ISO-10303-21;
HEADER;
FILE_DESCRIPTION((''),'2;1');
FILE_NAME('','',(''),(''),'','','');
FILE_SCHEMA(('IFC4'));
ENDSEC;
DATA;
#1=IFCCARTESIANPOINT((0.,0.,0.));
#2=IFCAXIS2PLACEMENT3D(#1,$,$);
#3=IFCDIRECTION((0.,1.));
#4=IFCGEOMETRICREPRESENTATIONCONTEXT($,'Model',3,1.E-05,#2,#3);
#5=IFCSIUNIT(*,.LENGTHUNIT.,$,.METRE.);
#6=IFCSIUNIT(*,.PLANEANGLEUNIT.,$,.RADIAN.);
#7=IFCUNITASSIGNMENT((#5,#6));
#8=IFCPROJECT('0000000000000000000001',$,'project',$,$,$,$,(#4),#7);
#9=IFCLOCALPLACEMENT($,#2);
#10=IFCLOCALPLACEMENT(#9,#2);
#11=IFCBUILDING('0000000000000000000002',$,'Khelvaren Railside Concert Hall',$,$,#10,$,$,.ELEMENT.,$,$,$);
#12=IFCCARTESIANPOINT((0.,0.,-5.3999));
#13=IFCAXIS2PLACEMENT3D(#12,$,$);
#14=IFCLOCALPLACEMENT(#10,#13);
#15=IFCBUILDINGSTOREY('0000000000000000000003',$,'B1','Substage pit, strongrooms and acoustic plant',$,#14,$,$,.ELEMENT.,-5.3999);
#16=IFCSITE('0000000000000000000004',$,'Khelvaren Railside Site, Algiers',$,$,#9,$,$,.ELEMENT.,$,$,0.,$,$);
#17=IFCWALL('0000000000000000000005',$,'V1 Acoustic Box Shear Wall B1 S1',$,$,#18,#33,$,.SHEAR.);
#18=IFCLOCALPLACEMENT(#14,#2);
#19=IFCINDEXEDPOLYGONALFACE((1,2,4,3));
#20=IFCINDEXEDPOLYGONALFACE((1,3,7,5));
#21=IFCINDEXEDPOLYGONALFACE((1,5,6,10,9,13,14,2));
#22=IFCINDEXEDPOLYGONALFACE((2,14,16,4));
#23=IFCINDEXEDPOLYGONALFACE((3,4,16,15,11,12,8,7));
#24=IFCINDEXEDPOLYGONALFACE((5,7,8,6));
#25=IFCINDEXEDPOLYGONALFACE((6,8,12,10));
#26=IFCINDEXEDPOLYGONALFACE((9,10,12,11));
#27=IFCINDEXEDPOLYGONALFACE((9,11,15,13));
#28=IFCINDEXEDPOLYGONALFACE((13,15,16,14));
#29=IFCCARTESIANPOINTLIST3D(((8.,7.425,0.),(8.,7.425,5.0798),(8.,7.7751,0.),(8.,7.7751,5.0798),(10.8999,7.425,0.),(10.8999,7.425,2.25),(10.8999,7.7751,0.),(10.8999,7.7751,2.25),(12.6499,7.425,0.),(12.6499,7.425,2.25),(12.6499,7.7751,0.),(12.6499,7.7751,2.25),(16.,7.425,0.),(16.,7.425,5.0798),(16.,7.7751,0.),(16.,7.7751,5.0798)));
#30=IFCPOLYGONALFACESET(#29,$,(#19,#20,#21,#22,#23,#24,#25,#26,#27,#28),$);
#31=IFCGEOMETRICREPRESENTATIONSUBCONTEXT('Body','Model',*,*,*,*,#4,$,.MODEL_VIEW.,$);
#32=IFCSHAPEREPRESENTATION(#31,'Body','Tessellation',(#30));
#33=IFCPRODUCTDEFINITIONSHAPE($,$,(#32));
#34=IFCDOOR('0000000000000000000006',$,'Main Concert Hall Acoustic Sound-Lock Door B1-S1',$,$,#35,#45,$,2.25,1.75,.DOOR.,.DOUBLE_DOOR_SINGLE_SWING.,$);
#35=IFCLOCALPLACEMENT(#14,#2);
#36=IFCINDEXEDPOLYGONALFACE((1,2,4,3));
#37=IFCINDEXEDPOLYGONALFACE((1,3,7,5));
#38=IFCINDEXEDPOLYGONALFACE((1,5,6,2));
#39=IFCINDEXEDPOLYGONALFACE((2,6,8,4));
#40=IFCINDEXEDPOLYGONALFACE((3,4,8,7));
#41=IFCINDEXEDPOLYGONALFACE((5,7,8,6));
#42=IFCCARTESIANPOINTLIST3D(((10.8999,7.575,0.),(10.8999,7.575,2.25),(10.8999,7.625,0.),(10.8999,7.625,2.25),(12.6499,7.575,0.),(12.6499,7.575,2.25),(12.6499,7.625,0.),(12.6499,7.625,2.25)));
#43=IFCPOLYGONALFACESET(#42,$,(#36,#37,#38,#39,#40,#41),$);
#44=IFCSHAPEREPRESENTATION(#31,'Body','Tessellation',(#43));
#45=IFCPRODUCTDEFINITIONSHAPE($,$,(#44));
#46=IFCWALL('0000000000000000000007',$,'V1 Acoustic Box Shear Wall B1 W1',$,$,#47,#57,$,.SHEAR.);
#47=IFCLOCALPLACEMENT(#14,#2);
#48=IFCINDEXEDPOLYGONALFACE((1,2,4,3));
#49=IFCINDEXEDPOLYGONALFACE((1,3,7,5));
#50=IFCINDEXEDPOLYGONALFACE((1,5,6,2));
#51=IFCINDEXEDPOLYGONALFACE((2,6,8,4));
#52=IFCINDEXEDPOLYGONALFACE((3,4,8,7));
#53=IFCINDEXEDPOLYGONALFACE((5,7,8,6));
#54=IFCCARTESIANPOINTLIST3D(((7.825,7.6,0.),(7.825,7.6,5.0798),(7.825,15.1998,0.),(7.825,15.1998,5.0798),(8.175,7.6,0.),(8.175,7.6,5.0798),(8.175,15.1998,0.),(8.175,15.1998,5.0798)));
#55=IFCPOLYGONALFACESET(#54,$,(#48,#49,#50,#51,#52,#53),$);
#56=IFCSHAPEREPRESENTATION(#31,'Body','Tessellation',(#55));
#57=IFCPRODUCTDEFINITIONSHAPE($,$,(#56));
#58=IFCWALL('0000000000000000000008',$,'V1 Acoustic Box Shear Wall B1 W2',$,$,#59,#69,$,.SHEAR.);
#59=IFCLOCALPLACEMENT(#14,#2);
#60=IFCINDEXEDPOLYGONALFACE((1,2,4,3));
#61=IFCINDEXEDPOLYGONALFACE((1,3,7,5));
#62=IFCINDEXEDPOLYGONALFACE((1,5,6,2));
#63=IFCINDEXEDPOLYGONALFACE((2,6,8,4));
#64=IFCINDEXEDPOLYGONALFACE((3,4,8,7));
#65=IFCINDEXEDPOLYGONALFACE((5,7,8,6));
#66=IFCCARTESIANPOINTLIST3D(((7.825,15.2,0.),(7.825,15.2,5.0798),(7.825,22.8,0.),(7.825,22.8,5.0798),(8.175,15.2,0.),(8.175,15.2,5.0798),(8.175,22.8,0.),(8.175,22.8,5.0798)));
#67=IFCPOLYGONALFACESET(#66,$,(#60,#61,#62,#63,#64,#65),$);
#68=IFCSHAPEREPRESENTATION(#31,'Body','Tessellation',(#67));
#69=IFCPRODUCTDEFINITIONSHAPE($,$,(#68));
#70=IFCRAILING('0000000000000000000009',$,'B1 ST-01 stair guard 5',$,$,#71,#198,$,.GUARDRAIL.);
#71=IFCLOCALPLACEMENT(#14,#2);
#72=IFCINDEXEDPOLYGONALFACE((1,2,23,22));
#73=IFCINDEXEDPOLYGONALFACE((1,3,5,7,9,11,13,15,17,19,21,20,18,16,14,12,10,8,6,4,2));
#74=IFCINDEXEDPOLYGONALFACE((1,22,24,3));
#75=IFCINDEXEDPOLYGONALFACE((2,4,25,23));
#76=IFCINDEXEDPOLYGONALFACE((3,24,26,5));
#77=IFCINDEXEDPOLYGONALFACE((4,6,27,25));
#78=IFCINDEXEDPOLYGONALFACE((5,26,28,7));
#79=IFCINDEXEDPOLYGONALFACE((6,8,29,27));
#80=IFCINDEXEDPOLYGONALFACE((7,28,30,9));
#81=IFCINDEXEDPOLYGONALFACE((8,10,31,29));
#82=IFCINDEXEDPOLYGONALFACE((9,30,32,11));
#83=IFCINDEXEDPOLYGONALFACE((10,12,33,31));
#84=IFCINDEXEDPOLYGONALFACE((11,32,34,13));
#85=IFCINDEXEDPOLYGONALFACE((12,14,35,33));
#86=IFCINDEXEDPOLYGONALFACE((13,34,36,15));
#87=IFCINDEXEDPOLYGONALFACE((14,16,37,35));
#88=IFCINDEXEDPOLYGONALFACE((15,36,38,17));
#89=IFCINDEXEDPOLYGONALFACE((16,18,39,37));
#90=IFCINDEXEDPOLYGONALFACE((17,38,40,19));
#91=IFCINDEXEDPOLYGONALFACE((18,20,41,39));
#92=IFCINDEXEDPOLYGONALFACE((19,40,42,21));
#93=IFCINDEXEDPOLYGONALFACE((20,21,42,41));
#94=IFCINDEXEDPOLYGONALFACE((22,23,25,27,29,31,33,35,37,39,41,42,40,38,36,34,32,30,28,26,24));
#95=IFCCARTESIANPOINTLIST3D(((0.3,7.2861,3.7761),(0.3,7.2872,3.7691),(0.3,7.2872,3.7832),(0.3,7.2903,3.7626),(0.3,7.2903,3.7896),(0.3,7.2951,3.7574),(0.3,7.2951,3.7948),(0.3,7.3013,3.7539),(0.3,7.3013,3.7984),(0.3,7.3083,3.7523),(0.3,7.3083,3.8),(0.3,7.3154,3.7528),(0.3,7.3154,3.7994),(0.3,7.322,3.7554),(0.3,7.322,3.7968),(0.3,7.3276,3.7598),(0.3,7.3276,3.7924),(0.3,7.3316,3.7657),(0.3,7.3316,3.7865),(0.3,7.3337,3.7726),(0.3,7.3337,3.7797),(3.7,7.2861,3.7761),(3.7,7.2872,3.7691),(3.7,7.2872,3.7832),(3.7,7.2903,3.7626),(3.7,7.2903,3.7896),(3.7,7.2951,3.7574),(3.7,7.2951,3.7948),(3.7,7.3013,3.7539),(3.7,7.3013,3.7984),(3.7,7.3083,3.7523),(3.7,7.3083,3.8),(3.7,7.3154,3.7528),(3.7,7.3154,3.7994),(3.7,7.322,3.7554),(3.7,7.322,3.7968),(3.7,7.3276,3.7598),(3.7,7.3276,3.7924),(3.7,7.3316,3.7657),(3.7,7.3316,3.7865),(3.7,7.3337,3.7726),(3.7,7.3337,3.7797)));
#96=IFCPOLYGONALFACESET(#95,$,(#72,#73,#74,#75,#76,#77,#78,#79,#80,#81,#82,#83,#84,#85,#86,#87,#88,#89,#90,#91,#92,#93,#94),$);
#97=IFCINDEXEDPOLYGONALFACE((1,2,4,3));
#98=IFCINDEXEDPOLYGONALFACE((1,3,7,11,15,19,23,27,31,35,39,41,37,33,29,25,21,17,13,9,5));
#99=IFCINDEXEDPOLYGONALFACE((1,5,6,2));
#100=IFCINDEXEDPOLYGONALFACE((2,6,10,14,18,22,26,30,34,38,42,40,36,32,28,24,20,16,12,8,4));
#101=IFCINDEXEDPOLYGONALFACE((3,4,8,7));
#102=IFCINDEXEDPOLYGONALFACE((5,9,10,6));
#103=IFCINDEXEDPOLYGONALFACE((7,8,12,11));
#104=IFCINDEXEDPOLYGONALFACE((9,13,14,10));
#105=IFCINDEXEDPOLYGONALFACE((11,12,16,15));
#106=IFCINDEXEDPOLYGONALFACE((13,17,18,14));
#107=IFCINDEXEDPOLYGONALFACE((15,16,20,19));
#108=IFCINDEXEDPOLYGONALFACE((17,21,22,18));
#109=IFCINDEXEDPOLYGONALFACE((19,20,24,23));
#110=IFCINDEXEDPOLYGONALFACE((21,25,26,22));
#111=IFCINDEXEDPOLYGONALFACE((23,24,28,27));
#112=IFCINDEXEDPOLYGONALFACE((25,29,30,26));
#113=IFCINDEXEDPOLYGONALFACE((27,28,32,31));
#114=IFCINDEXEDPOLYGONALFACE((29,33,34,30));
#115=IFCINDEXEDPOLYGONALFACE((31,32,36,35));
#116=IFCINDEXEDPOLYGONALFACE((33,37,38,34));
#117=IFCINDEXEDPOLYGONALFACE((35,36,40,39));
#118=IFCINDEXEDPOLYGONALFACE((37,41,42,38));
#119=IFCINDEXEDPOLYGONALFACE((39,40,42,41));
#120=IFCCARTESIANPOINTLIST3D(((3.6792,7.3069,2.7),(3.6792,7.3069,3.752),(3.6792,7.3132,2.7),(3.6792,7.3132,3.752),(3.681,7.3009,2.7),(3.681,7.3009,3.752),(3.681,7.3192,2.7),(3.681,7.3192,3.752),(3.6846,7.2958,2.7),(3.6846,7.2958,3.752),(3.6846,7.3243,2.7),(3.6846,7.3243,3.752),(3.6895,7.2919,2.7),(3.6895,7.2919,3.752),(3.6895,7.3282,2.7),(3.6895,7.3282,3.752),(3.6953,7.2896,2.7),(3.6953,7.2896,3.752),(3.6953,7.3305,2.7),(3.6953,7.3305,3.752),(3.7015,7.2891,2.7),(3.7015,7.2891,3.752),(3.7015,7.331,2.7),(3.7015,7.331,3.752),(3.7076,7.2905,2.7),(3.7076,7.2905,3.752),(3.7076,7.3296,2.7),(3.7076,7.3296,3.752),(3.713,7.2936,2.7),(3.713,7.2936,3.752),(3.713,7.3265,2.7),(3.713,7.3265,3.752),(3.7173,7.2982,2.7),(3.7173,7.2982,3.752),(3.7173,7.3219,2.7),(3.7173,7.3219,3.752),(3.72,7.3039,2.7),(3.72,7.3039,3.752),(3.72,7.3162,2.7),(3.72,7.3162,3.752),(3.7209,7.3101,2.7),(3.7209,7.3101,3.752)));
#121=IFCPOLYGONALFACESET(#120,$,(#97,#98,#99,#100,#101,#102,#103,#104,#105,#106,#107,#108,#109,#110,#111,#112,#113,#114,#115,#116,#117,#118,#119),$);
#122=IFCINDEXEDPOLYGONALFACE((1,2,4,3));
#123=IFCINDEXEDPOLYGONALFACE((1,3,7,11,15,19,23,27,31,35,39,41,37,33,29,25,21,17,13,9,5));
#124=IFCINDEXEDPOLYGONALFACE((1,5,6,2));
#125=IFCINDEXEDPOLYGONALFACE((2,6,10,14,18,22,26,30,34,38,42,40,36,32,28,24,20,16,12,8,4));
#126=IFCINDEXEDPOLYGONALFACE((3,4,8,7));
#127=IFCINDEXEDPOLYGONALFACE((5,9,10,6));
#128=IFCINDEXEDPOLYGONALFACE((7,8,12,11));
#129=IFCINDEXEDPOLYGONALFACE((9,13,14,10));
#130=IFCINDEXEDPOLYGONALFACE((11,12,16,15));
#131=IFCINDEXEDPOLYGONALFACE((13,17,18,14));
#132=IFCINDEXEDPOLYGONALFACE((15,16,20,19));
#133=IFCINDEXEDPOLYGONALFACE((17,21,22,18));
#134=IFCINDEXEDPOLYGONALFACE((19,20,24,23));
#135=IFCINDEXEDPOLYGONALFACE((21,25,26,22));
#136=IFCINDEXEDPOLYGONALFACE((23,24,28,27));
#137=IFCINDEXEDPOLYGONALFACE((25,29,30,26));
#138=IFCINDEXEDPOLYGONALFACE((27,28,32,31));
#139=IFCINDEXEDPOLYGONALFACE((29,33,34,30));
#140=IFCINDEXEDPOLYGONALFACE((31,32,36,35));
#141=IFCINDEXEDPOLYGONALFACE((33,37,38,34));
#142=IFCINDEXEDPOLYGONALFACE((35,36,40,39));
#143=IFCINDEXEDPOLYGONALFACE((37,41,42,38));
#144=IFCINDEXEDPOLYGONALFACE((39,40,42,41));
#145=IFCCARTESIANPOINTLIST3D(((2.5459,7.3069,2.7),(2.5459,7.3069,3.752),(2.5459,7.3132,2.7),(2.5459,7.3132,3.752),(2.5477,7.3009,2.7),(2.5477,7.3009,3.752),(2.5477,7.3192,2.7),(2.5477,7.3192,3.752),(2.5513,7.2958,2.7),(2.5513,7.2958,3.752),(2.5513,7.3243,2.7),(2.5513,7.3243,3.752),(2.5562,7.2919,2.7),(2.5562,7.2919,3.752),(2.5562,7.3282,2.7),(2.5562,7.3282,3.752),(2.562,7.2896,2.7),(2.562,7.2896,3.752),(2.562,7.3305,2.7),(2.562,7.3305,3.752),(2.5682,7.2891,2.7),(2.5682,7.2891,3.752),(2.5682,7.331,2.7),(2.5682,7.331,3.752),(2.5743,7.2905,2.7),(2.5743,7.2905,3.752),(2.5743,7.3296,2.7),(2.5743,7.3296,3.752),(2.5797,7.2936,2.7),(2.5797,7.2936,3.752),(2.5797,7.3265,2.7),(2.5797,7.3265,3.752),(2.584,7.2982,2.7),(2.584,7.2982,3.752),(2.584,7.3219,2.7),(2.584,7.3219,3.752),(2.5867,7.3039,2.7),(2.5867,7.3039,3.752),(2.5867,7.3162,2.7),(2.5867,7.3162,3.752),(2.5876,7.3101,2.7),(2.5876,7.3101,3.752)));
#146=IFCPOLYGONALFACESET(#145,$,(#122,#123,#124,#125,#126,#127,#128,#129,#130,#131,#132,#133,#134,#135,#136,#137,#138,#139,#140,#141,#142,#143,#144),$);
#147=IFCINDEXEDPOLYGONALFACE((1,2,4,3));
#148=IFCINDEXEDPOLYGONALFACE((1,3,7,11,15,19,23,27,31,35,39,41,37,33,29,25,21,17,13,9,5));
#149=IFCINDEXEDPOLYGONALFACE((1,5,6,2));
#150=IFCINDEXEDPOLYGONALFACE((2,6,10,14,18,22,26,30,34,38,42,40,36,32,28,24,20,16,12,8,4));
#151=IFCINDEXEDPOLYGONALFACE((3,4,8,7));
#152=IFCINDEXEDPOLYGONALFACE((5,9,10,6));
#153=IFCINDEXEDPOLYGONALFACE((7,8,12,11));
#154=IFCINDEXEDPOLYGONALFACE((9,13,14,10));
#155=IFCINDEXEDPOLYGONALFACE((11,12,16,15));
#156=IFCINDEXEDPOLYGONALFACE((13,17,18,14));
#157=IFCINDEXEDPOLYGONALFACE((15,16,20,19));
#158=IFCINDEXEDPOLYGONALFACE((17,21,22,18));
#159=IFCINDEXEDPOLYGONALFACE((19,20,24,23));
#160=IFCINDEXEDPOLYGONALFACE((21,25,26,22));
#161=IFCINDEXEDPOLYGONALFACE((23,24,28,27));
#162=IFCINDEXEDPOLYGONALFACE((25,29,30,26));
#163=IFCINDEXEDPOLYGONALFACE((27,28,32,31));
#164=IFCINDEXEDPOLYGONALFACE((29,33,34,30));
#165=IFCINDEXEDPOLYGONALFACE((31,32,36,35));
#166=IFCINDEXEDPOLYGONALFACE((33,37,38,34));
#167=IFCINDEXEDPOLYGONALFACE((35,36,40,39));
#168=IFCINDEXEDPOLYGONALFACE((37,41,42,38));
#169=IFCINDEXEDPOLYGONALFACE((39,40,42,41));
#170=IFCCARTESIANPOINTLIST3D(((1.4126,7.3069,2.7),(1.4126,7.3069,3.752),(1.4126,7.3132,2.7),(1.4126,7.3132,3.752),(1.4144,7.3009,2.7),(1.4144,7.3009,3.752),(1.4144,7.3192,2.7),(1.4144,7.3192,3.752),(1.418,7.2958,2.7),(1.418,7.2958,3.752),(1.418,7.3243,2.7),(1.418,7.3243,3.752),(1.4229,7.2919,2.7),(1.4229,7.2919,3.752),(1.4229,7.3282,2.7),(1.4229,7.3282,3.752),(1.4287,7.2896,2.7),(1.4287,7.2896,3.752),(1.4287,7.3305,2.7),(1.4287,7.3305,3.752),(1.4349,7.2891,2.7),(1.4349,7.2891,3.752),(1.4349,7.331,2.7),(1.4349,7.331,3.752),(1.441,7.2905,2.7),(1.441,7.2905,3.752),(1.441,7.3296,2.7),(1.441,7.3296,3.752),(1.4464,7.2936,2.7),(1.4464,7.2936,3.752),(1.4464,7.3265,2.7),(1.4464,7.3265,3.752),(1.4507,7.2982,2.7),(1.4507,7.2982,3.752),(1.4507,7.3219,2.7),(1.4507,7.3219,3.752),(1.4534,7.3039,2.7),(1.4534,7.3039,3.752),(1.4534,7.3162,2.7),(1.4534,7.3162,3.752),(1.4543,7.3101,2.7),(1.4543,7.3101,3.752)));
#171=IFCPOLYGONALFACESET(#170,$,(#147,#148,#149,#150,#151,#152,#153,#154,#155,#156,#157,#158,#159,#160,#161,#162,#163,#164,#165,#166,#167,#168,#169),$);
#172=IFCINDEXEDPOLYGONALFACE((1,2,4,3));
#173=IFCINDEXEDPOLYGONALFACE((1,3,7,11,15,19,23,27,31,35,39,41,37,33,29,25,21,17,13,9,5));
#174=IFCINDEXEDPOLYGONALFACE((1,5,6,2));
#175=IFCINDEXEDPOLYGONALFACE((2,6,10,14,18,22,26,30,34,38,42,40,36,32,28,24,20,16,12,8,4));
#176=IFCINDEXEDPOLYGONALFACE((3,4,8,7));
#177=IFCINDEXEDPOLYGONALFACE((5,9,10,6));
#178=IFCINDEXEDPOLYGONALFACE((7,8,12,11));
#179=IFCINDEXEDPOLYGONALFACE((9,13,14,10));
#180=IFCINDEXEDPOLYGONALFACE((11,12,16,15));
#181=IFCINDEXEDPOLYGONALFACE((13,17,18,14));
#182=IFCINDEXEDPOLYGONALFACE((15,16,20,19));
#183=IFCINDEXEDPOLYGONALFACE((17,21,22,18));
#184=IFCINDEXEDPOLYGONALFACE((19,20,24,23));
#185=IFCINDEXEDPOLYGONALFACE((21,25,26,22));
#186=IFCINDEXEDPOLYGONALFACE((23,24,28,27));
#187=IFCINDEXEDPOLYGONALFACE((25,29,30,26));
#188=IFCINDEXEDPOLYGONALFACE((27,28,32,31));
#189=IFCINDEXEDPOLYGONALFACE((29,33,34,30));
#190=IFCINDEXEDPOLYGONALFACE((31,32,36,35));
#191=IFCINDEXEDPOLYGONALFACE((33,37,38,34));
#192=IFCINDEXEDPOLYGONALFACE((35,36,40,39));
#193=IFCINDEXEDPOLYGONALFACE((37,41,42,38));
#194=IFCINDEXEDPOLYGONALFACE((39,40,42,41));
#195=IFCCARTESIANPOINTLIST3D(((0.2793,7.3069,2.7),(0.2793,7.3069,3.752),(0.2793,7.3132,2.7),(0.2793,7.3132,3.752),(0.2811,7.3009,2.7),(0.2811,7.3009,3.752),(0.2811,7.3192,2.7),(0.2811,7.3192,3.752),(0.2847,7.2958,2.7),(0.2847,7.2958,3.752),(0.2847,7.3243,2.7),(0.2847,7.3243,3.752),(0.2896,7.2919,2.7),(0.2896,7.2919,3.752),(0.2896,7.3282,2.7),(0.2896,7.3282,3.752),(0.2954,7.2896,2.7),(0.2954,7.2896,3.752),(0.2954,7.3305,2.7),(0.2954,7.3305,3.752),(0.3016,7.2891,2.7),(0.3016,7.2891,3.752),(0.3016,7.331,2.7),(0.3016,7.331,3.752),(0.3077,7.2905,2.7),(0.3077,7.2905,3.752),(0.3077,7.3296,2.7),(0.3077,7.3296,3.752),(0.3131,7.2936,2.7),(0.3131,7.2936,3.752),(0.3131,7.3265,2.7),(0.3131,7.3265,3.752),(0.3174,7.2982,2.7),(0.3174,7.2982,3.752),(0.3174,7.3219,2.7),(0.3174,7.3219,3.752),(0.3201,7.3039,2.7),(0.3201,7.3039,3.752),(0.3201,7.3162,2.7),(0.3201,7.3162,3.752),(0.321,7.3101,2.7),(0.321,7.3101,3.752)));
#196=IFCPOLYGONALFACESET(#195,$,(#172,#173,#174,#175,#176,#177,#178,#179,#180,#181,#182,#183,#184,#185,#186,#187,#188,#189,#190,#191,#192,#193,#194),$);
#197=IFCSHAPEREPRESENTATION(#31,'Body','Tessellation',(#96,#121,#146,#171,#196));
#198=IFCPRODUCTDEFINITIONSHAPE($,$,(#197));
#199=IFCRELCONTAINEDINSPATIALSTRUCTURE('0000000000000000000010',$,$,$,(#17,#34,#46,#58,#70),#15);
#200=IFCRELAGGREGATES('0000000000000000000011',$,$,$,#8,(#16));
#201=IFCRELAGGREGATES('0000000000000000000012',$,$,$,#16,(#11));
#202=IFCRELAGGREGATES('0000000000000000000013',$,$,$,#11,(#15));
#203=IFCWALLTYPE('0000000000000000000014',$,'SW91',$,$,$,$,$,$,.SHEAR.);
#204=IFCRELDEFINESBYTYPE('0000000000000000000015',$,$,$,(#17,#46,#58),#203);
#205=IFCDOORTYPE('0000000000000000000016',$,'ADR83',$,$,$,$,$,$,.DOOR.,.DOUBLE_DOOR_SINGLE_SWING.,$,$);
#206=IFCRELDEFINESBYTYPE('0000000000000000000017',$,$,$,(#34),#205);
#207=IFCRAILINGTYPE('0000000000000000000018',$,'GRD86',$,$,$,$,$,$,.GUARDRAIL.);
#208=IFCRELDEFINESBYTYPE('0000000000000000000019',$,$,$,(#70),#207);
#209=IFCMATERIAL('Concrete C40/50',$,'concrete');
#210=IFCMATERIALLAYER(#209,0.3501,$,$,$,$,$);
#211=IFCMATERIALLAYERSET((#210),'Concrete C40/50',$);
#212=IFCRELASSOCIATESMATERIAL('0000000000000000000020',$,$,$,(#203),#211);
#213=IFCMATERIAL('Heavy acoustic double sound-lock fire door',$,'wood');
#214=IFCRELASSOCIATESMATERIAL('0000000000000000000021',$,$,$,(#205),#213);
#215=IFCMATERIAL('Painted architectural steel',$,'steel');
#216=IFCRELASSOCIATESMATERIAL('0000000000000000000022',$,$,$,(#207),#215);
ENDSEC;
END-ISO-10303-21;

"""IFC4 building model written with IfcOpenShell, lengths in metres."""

from ifc_helpers import new_model, si_unit, direction, frame, frame_2d, origin, origin_2d, place, context, subcontext, project, spatial, rectangle, circle, extrude, material, layer, layer_set, type_object, element, fill, save


model = new_model("IFC4")

# Units and contexts
model_context = context("Model", 3, precision=1e-05, world=origin(), true_north=direction((0.0, 1.0)))
body_context = subcontext(model_context, "Body", "Model", "MODEL_VIEW")
ifc_project = project(units=[si_unit("LENGTHUNIT", "METRE"), si_unit("PLANEANGLEUNIT", "RADIAN")], contexts=[model_context])

# Site, building, storey
site_placement = place(None, origin())
site = spatial("IfcSite", under=ifc_project, at=site_placement, Name="Khelvaren Railside Site, Algiers", CompositionType="ELEMENT", RefElevation=0.0)
building_placement = place(site_placement, origin())
building = spatial("IfcBuilding", under=site, at=building_placement, Name="Khelvaren Railside Concert Hall", CompositionType="ELEMENT")
storey_placement = place(building_placement, frame((0.0, 0.0, -5.3999)))
storey = spatial("IfcBuildingStorey", under=building, at=storey_placement, Name="B1", Description="Substage pit, strongrooms and acoustic plant", CompositionType="ELEMENT", Elevation=-5.3999)

# Wall, opening, door
ifc_material_1 = material(Name="Concrete C40/50", Category="concrete")
ifc_layer = layer(ifc_material_1, 0.3501)
ifc_layer_set = layer_set([ifc_layer], Name="Concrete C40/50")
wall_type = type_object("IfcWallType", Name="SW91", PredefinedType="SHEAR", material=ifc_layer_set)
wall_1_placement = place(storey_placement, frame((8.0, 7.6001, 0.0), z_axis=(0.0, 0.0, 1.0), x_axis=(1.0, 0.0, 0.0)))
wall_1 = element("IfcWall", 1, at=wall_1_placement, inside=storey, type_object=wall_type, Name="V1 Acoustic Box Shear Wall B1 S1", PredefinedType="SHEAR", context=body_context, shape_type="SweptSolid", body=[
    extrude(rectangle(XDim=8.0, YDim=0.3501, at=frame_2d((4.0, 0.0))), origin(), (0.0, 0.0, 1.0), 5.0798),
])
opening_placement = place(wall_1_placement, frame((2.8999, 0.0, 0.0)))
opening = element("IfcOpeningElement", 2, at=opening_placement, cuts=wall_1, PredefinedType="OPENING", context=body_context, shape_type="SweptSolid", body=[
    extrude(rectangle(XDim=1.75, YDim=2.25, at=frame_2d((0.875, 1.125))), frame((0.0, 0.1851, 0.0), z_axis=(0.0, -1.0, 0.0), x_axis=(1.0, 0.0, 0.0)), (0.0, 0.0, 1.0), 0.3701),
])
ifc_material_2 = material(Name="Heavy acoustic double sound-lock fire door", Category="wood")
door_type = type_object("IfcDoorType", Name="ADR83", OperationType="DOUBLE_DOOR_SINGLE_SWING", PredefinedType="DOOR", material=ifc_material_2)
door_placement = place(opening_placement, origin())
door = element("IfcDoor", 3, at=door_placement, inside=storey, type_object=door_type, Name="Main Concert Hall Acoustic Sound-Lock Door B1-S1", OperationType="DOUBLE_DOOR_SINGLE_SWING", OverallHeight=2.25, OverallWidth=1.75, PredefinedType="DOOR", context=body_context, shape_type="SweptSolid", body=[
    extrude(rectangle(XDim=1.75, YDim=2.25, at=frame_2d((0.875, 1.125))), frame((0.0, 0.0249, 0.0), z_axis=(0.0, -1.0, 0.0), x_axis=(1.0, 0.0, 0.0)), (0.0, 0.0, 1.0), 0.05),
])
fill(opening, door)

# Walls
wall_2_placement = place(storey_placement, frame((8.0, 7.6001, 0.0), z_axis=(0.0, 0.0, 1.0), x_axis=(0.0, 1.0, 0.0)))
element("IfcWall", 4, at=wall_2_placement, inside=storey, type_object=wall_type, Name="V1 Acoustic Box Shear Wall B1 W1", PredefinedType="SHEAR", context=body_context, shape_type="SweptSolid", body=[
    extrude(rectangle(XDim=7.5999, YDim=0.3501, at=frame_2d((3.7998, 0.0))), origin(), (0.0, 0.0, 1.0), 5.0798),
])
wall_3_placement = place(storey_placement, frame((8.0, 15.2, 0.0), z_axis=(0.0, 0.0, 1.0), x_axis=(0.0, 1.0, 0.0)))
element("IfcWall", 5, at=wall_3_placement, inside=storey, type_object=wall_type, Name="V1 Acoustic Box Shear Wall B1 W2", PredefinedType="SHEAR", context=body_context, shape_type="SweptSolid", body=[
    extrude(rectangle(XDim=7.6001, YDim=0.3501, at=frame_2d((3.8, 0.0))), origin(), (0.0, 0.0, 1.0), 5.0798),
])

# Railing
ifc_material_3 = material(Name="Painted architectural steel", Category="steel")
railing_type = type_object("IfcRailingType", Name="GRD86", PredefinedType="GUARDRAIL", material=ifc_material_3)
railing_placement = place(storey_placement, frame((3.7, 7.3101, 2.7)))
element("IfcRailing", 6, at=railing_placement, inside=storey, type_object=railing_type, Name="B1 ST-01 stair guard 5", PredefinedType="GUARDRAIL", context=body_context, shape_type="SweptSolid", body=[
    extrude(circle(Radius=0.0239, at=origin_2d()), frame((0.0, 0.0, 1.0762), z_axis=(-1.0, 0.0, 0.0), x_axis=(0.0, -1.0, 0.0)), (0.0, 0.0, 1.0), 3.3999),
    extrude(circle(Radius=0.021, at=origin_2d()), origin(), (0.0, 0.0, 1.0), 1.052),
    extrude(circle(Radius=0.021, at=origin_2d()), frame((-1.1333, 0.0, 0.0)), (0.0, 0.0, 1.0), 1.052),
    extrude(circle(Radius=0.021, at=origin_2d()), frame((-2.2666, 0.0, 0.0)), (0.0, 0.0, 1.0), 1.052),
    extrude(circle(Radius=0.021, at=origin_2d()), frame((-3.3999, 0.0, 0.0)), (0.0, 0.0, 1.0), 1.052),
])

save(model, "model.ifc")
